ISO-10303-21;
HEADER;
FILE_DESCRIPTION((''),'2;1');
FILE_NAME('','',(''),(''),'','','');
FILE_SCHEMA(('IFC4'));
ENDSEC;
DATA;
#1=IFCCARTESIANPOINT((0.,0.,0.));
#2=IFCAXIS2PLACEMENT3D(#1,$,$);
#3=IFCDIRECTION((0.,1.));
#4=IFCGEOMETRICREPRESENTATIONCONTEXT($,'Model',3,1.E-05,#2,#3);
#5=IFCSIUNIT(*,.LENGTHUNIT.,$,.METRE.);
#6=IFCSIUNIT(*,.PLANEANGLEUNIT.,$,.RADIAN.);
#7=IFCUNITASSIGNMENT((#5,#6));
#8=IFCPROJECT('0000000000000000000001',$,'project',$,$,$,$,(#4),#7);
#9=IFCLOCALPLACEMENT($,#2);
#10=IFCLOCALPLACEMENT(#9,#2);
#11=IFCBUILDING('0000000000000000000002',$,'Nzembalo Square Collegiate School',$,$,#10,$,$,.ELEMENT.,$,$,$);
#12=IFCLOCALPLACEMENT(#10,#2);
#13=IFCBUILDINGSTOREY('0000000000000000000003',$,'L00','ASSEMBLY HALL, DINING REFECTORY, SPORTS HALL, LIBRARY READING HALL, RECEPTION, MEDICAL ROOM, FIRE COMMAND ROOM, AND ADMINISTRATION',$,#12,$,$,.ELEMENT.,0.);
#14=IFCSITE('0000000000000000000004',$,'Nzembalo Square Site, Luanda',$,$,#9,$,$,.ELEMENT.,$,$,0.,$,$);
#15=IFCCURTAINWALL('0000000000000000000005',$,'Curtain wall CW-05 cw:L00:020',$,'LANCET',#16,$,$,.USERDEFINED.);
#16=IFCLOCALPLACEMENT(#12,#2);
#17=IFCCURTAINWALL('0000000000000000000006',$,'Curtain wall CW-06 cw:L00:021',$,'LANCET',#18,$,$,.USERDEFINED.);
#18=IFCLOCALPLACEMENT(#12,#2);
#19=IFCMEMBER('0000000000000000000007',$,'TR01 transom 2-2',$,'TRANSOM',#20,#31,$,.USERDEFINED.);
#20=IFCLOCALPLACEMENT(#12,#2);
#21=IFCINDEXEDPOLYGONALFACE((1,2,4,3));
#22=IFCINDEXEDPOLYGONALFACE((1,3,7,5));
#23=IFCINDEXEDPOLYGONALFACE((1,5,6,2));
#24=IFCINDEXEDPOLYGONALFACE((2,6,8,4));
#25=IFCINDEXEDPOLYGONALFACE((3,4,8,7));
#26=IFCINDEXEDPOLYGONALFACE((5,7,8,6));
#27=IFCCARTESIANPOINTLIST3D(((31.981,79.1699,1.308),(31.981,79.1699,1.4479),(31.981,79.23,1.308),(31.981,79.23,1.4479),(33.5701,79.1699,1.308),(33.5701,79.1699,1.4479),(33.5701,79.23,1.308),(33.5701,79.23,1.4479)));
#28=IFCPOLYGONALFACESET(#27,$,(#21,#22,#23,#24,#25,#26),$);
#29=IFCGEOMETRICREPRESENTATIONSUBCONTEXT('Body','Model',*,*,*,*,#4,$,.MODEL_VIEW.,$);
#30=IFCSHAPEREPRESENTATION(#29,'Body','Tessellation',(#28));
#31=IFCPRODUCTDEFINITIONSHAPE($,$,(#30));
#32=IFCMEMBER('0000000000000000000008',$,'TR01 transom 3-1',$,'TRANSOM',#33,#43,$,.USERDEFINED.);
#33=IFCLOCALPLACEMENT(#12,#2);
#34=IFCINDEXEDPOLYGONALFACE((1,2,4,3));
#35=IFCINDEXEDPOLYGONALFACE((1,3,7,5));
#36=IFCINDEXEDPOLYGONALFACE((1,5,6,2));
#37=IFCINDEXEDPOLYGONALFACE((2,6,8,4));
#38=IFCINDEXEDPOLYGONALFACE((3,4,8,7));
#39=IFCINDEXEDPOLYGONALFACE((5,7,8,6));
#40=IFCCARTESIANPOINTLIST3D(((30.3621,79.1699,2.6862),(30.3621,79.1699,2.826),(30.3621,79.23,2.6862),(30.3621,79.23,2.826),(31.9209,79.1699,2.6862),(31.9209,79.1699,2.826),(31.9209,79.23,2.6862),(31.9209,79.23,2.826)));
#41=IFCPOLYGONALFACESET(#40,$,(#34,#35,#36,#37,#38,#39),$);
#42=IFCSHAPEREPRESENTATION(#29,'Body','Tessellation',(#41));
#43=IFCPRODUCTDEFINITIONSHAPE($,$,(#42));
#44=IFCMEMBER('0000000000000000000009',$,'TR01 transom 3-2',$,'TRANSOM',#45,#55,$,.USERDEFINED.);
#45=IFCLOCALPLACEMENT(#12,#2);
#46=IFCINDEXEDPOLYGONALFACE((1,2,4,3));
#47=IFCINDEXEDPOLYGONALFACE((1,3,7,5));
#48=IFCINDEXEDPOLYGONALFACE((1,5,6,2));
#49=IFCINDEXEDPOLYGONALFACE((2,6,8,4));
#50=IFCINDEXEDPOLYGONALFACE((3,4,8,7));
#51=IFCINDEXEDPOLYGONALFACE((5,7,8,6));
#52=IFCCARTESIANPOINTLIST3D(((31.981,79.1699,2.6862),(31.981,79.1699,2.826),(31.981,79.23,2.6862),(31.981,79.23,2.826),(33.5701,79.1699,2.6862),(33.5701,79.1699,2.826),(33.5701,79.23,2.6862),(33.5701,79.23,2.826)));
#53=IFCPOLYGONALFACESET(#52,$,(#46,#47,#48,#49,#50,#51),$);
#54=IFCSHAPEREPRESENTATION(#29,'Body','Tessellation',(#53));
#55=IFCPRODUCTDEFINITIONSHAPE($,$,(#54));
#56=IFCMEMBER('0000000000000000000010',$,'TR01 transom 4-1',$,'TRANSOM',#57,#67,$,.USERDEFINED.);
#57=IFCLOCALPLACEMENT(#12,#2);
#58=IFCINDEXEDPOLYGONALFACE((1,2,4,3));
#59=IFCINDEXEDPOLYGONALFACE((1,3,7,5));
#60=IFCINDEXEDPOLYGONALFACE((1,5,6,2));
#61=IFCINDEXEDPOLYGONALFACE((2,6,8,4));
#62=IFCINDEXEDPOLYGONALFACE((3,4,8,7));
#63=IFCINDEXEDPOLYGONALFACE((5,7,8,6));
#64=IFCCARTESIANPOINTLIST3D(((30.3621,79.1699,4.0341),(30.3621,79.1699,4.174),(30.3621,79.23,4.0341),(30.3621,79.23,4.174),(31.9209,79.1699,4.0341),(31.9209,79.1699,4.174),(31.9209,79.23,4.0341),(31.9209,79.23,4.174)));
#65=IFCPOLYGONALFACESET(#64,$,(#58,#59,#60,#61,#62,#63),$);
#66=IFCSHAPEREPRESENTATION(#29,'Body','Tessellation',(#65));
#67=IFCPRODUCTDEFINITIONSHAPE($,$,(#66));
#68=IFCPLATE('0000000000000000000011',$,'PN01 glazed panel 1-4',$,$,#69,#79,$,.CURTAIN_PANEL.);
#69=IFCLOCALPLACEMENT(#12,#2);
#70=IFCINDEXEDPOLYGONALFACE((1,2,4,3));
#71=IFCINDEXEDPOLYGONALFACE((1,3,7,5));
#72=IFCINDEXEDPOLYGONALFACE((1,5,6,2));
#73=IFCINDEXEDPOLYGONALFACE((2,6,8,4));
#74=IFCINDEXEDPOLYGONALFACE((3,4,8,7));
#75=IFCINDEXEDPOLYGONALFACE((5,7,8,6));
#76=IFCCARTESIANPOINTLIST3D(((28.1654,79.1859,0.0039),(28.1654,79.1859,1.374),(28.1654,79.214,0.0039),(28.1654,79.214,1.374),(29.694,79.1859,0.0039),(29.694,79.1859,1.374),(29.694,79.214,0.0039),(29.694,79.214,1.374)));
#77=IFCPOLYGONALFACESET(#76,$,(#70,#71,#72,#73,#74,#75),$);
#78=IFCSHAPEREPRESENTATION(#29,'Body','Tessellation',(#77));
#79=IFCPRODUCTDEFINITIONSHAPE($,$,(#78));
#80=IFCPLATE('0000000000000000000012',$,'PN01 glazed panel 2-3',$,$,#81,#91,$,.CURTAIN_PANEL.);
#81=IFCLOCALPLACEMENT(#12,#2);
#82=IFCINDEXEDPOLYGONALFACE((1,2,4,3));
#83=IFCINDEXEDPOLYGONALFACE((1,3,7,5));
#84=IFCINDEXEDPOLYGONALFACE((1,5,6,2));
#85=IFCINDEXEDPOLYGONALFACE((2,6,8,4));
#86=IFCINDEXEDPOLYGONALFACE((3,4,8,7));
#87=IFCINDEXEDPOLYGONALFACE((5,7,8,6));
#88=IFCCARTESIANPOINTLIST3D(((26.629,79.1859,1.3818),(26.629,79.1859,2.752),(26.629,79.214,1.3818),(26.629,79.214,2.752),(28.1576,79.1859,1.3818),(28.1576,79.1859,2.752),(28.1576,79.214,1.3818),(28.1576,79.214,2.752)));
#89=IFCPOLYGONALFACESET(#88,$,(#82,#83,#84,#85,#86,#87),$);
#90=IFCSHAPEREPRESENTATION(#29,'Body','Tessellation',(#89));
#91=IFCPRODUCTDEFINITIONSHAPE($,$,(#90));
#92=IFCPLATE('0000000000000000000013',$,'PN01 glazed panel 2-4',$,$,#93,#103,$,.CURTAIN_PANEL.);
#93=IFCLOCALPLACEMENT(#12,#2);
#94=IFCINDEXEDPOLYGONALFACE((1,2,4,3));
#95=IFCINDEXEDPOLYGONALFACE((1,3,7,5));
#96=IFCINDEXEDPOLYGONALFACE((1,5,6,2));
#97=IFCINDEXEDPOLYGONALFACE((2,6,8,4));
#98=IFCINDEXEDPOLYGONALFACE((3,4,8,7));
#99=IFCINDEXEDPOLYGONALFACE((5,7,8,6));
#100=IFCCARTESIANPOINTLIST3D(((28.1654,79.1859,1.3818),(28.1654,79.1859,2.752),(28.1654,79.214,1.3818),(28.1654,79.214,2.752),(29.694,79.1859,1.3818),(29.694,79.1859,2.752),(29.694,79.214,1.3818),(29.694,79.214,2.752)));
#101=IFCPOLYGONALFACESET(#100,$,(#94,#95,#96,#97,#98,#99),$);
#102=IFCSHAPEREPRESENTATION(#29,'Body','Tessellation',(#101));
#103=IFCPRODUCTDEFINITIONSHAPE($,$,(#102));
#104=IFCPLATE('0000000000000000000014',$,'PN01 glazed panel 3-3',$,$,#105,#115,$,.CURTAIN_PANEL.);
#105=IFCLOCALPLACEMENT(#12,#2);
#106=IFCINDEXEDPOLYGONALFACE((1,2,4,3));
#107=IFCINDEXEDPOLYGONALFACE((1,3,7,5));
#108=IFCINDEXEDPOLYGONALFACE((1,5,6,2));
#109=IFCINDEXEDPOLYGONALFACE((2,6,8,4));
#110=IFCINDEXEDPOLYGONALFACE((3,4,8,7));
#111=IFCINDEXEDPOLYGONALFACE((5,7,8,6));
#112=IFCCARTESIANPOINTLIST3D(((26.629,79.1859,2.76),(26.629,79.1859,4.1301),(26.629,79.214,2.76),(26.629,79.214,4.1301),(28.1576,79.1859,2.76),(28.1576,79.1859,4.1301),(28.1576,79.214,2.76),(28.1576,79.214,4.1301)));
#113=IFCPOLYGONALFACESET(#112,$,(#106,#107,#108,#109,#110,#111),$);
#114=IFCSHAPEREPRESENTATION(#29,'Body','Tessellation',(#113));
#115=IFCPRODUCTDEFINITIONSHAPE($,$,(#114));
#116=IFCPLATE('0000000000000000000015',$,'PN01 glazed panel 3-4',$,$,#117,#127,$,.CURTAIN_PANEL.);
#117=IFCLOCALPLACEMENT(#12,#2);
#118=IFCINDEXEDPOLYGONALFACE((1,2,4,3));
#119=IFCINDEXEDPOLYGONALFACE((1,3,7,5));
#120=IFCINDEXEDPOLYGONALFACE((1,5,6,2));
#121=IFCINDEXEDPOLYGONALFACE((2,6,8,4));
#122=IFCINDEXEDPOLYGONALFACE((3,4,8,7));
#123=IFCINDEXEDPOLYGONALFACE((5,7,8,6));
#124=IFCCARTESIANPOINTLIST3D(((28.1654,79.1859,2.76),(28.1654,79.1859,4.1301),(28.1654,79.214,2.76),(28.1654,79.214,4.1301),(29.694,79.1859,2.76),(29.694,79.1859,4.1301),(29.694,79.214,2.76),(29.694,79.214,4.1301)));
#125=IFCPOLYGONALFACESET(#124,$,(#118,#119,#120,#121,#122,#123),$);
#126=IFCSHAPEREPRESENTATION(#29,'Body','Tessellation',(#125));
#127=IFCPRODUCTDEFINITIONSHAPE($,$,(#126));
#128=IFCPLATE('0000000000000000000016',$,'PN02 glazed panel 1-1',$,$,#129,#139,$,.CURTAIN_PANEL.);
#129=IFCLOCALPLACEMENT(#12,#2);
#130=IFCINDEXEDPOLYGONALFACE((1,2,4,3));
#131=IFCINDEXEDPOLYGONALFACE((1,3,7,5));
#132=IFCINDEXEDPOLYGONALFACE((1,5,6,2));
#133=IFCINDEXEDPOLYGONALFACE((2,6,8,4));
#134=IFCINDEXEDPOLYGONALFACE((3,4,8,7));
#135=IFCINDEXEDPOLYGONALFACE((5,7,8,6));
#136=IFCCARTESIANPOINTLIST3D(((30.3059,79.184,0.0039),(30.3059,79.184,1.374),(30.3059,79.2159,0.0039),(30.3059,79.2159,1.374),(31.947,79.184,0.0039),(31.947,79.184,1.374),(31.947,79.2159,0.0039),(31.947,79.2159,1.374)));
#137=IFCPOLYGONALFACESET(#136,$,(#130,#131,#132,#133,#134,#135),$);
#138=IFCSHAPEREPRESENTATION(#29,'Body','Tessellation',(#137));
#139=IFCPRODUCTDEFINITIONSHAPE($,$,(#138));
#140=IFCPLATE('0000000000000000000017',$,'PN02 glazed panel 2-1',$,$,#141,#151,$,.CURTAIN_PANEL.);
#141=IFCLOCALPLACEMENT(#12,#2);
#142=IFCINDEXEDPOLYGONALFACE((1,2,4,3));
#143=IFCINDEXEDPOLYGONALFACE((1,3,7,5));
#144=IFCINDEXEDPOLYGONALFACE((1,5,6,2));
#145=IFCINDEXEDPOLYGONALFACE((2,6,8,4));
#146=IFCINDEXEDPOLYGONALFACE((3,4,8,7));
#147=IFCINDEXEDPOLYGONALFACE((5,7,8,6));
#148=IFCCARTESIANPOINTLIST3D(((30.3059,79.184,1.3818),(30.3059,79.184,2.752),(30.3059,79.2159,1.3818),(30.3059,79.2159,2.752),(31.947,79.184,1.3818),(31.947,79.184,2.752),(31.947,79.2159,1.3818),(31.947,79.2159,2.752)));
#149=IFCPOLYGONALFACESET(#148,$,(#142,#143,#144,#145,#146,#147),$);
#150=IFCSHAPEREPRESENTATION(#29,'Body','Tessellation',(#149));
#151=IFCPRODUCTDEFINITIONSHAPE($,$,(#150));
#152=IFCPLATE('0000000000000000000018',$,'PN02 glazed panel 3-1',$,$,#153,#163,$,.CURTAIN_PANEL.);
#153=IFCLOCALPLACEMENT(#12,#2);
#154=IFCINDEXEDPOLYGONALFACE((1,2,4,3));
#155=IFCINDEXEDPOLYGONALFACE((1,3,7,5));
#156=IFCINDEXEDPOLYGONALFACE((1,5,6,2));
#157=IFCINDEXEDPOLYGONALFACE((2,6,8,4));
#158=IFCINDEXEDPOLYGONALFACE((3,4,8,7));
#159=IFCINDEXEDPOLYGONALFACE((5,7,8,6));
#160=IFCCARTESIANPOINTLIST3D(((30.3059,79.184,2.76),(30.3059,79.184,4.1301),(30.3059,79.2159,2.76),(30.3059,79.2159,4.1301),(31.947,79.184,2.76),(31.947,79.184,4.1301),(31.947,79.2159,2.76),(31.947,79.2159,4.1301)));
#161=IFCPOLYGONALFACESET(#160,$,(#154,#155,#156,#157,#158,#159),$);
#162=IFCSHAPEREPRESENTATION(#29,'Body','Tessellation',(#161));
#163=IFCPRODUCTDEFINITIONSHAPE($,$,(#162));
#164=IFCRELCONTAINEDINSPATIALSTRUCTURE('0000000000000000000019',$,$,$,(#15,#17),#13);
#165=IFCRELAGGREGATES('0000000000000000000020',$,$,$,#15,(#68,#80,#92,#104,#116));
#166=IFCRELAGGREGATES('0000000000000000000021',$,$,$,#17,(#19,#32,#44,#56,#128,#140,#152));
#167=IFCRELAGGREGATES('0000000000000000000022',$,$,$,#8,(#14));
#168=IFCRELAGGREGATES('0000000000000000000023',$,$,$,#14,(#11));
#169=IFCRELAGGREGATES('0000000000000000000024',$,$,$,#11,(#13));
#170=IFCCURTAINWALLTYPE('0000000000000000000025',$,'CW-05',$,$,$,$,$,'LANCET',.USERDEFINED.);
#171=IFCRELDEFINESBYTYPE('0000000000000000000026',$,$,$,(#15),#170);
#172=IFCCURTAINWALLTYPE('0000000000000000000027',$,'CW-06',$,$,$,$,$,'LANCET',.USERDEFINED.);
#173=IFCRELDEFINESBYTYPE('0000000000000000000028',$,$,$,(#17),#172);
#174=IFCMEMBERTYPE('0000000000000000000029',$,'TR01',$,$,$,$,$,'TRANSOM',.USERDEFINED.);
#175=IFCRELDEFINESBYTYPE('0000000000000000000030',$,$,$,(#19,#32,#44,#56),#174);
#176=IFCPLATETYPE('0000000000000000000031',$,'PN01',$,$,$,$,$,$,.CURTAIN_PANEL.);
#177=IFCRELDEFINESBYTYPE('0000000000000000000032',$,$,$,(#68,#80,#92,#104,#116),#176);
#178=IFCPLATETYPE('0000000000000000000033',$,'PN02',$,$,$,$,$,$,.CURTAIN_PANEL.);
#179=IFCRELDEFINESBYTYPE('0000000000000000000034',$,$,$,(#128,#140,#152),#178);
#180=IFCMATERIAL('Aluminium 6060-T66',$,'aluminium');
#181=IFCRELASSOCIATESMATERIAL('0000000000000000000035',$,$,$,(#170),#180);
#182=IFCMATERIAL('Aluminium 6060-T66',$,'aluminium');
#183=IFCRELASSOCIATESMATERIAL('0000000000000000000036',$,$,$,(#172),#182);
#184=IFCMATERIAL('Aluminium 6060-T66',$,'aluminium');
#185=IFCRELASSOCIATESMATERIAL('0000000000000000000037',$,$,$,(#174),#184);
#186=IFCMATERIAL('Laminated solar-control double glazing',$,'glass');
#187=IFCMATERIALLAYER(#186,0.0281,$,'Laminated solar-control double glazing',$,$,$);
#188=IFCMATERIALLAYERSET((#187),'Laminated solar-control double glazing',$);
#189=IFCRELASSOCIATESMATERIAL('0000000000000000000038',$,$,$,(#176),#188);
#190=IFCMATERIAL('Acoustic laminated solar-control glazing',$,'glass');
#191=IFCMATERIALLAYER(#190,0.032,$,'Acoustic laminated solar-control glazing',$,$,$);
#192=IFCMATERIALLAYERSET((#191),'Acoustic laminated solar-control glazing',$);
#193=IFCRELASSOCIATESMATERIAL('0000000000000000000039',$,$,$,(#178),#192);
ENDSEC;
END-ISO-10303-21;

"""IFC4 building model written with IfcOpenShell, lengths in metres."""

from ifc_helpers import new_model, si_unit, direction, frame, origin, origin_2d, place, context, subcontext, project, spatial, rectangle, extrude, material, layer, layer_set, material_profile, profile_set, type_object, element, aggregate, save


model = new_model("IFC4")

# Units and contexts
model_context = context("Model", 3, precision=1e-05, world=origin(), true_north=direction((0.0, 1.0)))
body_context = subcontext(model_context, "Body", "Model", "MODEL_VIEW")
ifc_project = project(units=[si_unit("LENGTHUNIT", "METRE"), si_unit("PLANEANGLEUNIT", "RADIAN")], contexts=[model_context])

# Site, building, storey
site_placement = place(None, origin())
site = spatial("IfcSite", under=ifc_project, at=site_placement, Name="Nzembalo Square Site, Luanda", CompositionType="ELEMENT", RefElevation=0.0)
building_placement = place(site_placement, origin())
building = spatial("IfcBuilding", under=site, at=building_placement, Name="Nzembalo Square Collegiate School", CompositionType="ELEMENT")
storey_placement = place(building_placement, origin())
storey = spatial("IfcBuildingStorey", under=building, at=storey_placement, Name="L00", Description="ASSEMBLY HALL, DINING REFECTORY, SPORTS HALL, LIBRARY READING HALL, RECEPTION, MEDICAL ROOM, FIRE COMMAND ROOM, AND ADMINISTRATION", CompositionType="ELEMENT", Elevation=0.0)

# Curtain walls
ifc_material_1 = material(Name="Aluminium 6060-T66", Category="aluminium")
curtain_wall_type_1 = type_object("IfcCurtainWallType", Name="CW-05", ElementType="LANCET", PredefinedType="USERDEFINED", material=ifc_material_1)
curtain_wall_1_placement = place(storey_placement, origin())
curtain_wall_1 = element("IfcCurtainWall", 1, at=curtain_wall_1_placement, inside=storey, type_object=curtain_wall_type_1, Name="Curtain wall CW-05 cw:L00:020", ObjectType="LANCET", PredefinedType="USERDEFINED")
ifc_material_2 = material(Name="Aluminium 6060-T66", Category="aluminium")
curtain_wall_type_2 = type_object("IfcCurtainWallType", Name="CW-06", ElementType="LANCET", PredefinedType="USERDEFINED", material=ifc_material_2)
curtain_wall_2_placement = place(storey_placement, origin())
curtain_wall_2 = element("IfcCurtainWall", 2, at=curtain_wall_2_placement, inside=storey, type_object=curtain_wall_type_2, Name="Curtain wall CW-06 cw:L00:021", ObjectType="LANCET", PredefinedType="USERDEFINED")

# Members
ifc_material_3 = material(Name="Aluminium 6060-T66", Category="aluminium")
ifc_material_profile_1 = material_profile(ifc_material_3, rectangle(XDim=0.0601, YDim=0.1399, at=origin_2d()), Name="ALU T60x140")
ifc_profile_set_1 = profile_set([ifc_material_profile_1], Name="Aluminium 6060-T66")
member_type_1 = type_object("IfcMemberType", Name="TR01", ElementType="TRANSOM", PredefinedType="USERDEFINED", material=ifc_profile_set_1)
member_1_placement = place(storey_placement, frame((31.981, 79.2, 1.3779), z_axis=(1.0, 0.0, 0.0), x_axis=(0.0, 1.0, 0.0)))
member_1 = element("IfcMember", 3, at=member_1_placement, type_object=member_type_1, Name="TR01 transom 2-2", ObjectType="TRANSOM", PredefinedType="USERDEFINED", context=body_context, shape_type="SweptSolid", body=[
    extrude(rectangle(XDim=0.0601, YDim=0.1399, at=origin_2d()), origin(), (0.0, 0.0, 1.0), 1.5891),
])
member_2_placement = place(storey_placement, frame((30.3621, 79.2, 2.7561), z_axis=(1.0, 0.0, 0.0), x_axis=(0.0, 1.0, 0.0)))
member_2 = element("IfcMember", 4, at=member_2_placement, type_object=member_type_1, Name="TR01 transom 3-1", ObjectType="TRANSOM", PredefinedType="USERDEFINED", context=body_context, shape_type="SweptSolid", body=[
    extrude(rectangle(XDim=0.0601, YDim=0.1399, at=origin_2d()), origin(), (0.0, 0.0, 1.0), 1.5588),
])
member_3_placement = place(storey_placement, frame((31.981, 79.2, 2.7561), z_axis=(1.0, 0.0, 0.0), x_axis=(0.0, 1.0, 0.0)))
member_3 = element("IfcMember", 5, at=member_3_placement, type_object=member_type_1, Name="TR01 transom 3-2", ObjectType="TRANSOM", PredefinedType="USERDEFINED", context=body_context, shape_type="SweptSolid", body=[
    extrude(rectangle(XDim=0.0601, YDim=0.1399, at=origin_2d()), origin(), (0.0, 0.0, 1.0), 1.5891),
])
member_4_placement = place(storey_placement, frame((30.3621, 79.2, 4.104), z_axis=(1.0, 0.0, 0.0), x_axis=(0.0, 1.0, 0.0)))
member_4 = element("IfcMember", 6, at=member_4_placement, type_object=member_type_1, Name="TR01 transom 4-1", ObjectType="TRANSOM", PredefinedType="USERDEFINED", context=body_context, shape_type="SweptSolid", body=[
    extrude(rectangle(XDim=0.0601, YDim=0.1399, at=origin_2d()), origin(), (0.0, 0.0, 1.0), 1.5588),
])

# Plates
ifc_material_4 = material(Name="Laminated solar-control double glazing", Category="glass")
ifc_layer_1 = layer(ifc_material_4, 0.0281, Name="Laminated solar-control double glazing")
ifc_layer_set_1 = layer_set([ifc_layer_1], Name="Laminated solar-control double glazing")
plate_type_1 = type_object("IfcPlateType", Name="PN01", PredefinedType="CURTAIN_PANEL", material=ifc_layer_set_1)
plate_1_placement = place(storey_placement, frame((28.9297, 79.2, 0.0039), z_axis=(0.0, 0.0, 1.0), x_axis=(1.0, 0.0, 0.0)))
plate_1 = element("IfcPlate", 7, at=plate_1_placement, type_object=plate_type_1, Name="PN01 glazed panel 1-4", PredefinedType="CURTAIN_PANEL", context=body_context, shape_type="SweptSolid", body=[
    extrude(rectangle(XDim=1.5286, YDim=0.0281, at=origin_2d()), origin(), (0.0, 0.0, 1.0), 1.3701),
])
plate_2_placement = place(storey_placement, frame((27.3933, 79.2, 1.3818), z_axis=(0.0, 0.0, 1.0), x_axis=(1.0, 0.0, 0.0)))
plate_2 = element("IfcPlate", 8, at=plate_2_placement, type_object=plate_type_1, Name="PN01 glazed panel 2-3", PredefinedType="CURTAIN_PANEL", context=body_context, shape_type="SweptSolid", body=[
    extrude(rectangle(XDim=1.5286, YDim=0.0281, at=origin_2d()), origin(), (0.0, 0.0, 1.0), 1.3701),
])
plate_3_placement = place(storey_placement, frame((28.9297, 79.2, 1.3818), z_axis=(0.0, 0.0, 1.0), x_axis=(1.0, 0.0, 0.0)))
plate_3 = element("IfcPlate", 9, at=plate_3_placement, type_object=plate_type_1, Name="PN01 glazed panel 2-4", PredefinedType="CURTAIN_PANEL", context=body_context, shape_type="SweptSolid", body=[
    extrude(rectangle(XDim=1.5286, YDim=0.0281, at=origin_2d()), origin(), (0.0, 0.0, 1.0), 1.3701),
])
plate_4_placement = place(storey_placement, frame((27.3933, 79.2, 2.76), z_axis=(0.0, 0.0, 1.0), x_axis=(1.0, 0.0, 0.0)))
plate_4 = element("IfcPlate", 10, at=plate_4_placement, type_object=plate_type_1, Name="PN01 glazed panel 3-3", PredefinedType="CURTAIN_PANEL", context=body_context, shape_type="SweptSolid", body=[
    extrude(rectangle(XDim=1.5286, YDim=0.0281, at=origin_2d()), origin(), (0.0, 0.0, 1.0), 1.3701),
])
plate_5_placement = place(storey_placement, frame((28.9297, 79.2, 2.76), z_axis=(0.0, 0.0, 1.0), x_axis=(1.0, 0.0, 0.0)))
plate_5 = element("IfcPlate", 11, at=plate_5_placement, type_object=plate_type_1, Name="PN01 glazed panel 3-4", PredefinedType="CURTAIN_PANEL", context=body_context, shape_type="SweptSolid", body=[
    extrude(rectangle(XDim=1.5286, YDim=0.0281, at=origin_2d()), origin(), (0.0, 0.0, 1.0), 1.3701),
])
aggregate(curtain_wall_1, [plate_1, plate_2, plate_3, plate_4, plate_5])
ifc_material_5 = material(Name="Acoustic laminated solar-control glazing", Category="glass")
ifc_layer_2 = layer(ifc_material_5, 0.032, Name="Acoustic laminated solar-control glazing")
ifc_layer_set_2 = layer_set([ifc_layer_2], Name="Acoustic laminated solar-control glazing")
plate_type_2 = type_object("IfcPlateType", Name="PN02", PredefinedType="CURTAIN_PANEL", material=ifc_layer_set_2)
plate_6_placement = place(storey_placement, frame((31.1265, 79.2, 0.0039), z_axis=(0.0, 0.0, 1.0), x_axis=(1.0, 0.0, 0.0)))
plate_6 = element("IfcPlate", 12, at=plate_6_placement, type_object=plate_type_2, Name="PN02 glazed panel 1-1", PredefinedType="CURTAIN_PANEL", context=body_context, shape_type="SweptSolid", body=[
    extrude(rectangle(XDim=1.6411, YDim=0.032, at=origin_2d()), origin(), (0.0, 0.0, 1.0), 1.3701),
])
plate_7_placement = place(storey_placement, frame((31.1265, 79.2, 1.3818), z_axis=(0.0, 0.0, 1.0), x_axis=(1.0, 0.0, 0.0)))
plate_7 = element("IfcPlate", 13, at=plate_7_placement, type_object=plate_type_2, Name="PN02 glazed panel 2-1", PredefinedType="CURTAIN_PANEL", context=body_context, shape_type="SweptSolid", body=[
    extrude(rectangle(XDim=1.6411, YDim=0.032, at=origin_2d()), origin(), (0.0, 0.0, 1.0), 1.3701),
])
plate_8_placement = place(storey_placement, frame((31.1265, 79.2, 2.76), z_axis=(0.0, 0.0, 1.0), x_axis=(1.0, 0.0, 0.0)))
plate_8 = element("IfcPlate", 14, at=plate_8_placement, type_object=plate_type_2, Name="PN02 glazed panel 3-1", PredefinedType="CURTAIN_PANEL", context=body_context, shape_type="SweptSolid", body=[
    extrude(rectangle(XDim=1.6411, YDim=0.032, at=origin_2d()), origin(), (0.0, 0.0, 1.0), 1.3701),
])
aggregate(curtain_wall_2, [member_1, member_2, member_3, member_4, plate_6, plate_7, plate_8])

save(model, "model.ifc")
